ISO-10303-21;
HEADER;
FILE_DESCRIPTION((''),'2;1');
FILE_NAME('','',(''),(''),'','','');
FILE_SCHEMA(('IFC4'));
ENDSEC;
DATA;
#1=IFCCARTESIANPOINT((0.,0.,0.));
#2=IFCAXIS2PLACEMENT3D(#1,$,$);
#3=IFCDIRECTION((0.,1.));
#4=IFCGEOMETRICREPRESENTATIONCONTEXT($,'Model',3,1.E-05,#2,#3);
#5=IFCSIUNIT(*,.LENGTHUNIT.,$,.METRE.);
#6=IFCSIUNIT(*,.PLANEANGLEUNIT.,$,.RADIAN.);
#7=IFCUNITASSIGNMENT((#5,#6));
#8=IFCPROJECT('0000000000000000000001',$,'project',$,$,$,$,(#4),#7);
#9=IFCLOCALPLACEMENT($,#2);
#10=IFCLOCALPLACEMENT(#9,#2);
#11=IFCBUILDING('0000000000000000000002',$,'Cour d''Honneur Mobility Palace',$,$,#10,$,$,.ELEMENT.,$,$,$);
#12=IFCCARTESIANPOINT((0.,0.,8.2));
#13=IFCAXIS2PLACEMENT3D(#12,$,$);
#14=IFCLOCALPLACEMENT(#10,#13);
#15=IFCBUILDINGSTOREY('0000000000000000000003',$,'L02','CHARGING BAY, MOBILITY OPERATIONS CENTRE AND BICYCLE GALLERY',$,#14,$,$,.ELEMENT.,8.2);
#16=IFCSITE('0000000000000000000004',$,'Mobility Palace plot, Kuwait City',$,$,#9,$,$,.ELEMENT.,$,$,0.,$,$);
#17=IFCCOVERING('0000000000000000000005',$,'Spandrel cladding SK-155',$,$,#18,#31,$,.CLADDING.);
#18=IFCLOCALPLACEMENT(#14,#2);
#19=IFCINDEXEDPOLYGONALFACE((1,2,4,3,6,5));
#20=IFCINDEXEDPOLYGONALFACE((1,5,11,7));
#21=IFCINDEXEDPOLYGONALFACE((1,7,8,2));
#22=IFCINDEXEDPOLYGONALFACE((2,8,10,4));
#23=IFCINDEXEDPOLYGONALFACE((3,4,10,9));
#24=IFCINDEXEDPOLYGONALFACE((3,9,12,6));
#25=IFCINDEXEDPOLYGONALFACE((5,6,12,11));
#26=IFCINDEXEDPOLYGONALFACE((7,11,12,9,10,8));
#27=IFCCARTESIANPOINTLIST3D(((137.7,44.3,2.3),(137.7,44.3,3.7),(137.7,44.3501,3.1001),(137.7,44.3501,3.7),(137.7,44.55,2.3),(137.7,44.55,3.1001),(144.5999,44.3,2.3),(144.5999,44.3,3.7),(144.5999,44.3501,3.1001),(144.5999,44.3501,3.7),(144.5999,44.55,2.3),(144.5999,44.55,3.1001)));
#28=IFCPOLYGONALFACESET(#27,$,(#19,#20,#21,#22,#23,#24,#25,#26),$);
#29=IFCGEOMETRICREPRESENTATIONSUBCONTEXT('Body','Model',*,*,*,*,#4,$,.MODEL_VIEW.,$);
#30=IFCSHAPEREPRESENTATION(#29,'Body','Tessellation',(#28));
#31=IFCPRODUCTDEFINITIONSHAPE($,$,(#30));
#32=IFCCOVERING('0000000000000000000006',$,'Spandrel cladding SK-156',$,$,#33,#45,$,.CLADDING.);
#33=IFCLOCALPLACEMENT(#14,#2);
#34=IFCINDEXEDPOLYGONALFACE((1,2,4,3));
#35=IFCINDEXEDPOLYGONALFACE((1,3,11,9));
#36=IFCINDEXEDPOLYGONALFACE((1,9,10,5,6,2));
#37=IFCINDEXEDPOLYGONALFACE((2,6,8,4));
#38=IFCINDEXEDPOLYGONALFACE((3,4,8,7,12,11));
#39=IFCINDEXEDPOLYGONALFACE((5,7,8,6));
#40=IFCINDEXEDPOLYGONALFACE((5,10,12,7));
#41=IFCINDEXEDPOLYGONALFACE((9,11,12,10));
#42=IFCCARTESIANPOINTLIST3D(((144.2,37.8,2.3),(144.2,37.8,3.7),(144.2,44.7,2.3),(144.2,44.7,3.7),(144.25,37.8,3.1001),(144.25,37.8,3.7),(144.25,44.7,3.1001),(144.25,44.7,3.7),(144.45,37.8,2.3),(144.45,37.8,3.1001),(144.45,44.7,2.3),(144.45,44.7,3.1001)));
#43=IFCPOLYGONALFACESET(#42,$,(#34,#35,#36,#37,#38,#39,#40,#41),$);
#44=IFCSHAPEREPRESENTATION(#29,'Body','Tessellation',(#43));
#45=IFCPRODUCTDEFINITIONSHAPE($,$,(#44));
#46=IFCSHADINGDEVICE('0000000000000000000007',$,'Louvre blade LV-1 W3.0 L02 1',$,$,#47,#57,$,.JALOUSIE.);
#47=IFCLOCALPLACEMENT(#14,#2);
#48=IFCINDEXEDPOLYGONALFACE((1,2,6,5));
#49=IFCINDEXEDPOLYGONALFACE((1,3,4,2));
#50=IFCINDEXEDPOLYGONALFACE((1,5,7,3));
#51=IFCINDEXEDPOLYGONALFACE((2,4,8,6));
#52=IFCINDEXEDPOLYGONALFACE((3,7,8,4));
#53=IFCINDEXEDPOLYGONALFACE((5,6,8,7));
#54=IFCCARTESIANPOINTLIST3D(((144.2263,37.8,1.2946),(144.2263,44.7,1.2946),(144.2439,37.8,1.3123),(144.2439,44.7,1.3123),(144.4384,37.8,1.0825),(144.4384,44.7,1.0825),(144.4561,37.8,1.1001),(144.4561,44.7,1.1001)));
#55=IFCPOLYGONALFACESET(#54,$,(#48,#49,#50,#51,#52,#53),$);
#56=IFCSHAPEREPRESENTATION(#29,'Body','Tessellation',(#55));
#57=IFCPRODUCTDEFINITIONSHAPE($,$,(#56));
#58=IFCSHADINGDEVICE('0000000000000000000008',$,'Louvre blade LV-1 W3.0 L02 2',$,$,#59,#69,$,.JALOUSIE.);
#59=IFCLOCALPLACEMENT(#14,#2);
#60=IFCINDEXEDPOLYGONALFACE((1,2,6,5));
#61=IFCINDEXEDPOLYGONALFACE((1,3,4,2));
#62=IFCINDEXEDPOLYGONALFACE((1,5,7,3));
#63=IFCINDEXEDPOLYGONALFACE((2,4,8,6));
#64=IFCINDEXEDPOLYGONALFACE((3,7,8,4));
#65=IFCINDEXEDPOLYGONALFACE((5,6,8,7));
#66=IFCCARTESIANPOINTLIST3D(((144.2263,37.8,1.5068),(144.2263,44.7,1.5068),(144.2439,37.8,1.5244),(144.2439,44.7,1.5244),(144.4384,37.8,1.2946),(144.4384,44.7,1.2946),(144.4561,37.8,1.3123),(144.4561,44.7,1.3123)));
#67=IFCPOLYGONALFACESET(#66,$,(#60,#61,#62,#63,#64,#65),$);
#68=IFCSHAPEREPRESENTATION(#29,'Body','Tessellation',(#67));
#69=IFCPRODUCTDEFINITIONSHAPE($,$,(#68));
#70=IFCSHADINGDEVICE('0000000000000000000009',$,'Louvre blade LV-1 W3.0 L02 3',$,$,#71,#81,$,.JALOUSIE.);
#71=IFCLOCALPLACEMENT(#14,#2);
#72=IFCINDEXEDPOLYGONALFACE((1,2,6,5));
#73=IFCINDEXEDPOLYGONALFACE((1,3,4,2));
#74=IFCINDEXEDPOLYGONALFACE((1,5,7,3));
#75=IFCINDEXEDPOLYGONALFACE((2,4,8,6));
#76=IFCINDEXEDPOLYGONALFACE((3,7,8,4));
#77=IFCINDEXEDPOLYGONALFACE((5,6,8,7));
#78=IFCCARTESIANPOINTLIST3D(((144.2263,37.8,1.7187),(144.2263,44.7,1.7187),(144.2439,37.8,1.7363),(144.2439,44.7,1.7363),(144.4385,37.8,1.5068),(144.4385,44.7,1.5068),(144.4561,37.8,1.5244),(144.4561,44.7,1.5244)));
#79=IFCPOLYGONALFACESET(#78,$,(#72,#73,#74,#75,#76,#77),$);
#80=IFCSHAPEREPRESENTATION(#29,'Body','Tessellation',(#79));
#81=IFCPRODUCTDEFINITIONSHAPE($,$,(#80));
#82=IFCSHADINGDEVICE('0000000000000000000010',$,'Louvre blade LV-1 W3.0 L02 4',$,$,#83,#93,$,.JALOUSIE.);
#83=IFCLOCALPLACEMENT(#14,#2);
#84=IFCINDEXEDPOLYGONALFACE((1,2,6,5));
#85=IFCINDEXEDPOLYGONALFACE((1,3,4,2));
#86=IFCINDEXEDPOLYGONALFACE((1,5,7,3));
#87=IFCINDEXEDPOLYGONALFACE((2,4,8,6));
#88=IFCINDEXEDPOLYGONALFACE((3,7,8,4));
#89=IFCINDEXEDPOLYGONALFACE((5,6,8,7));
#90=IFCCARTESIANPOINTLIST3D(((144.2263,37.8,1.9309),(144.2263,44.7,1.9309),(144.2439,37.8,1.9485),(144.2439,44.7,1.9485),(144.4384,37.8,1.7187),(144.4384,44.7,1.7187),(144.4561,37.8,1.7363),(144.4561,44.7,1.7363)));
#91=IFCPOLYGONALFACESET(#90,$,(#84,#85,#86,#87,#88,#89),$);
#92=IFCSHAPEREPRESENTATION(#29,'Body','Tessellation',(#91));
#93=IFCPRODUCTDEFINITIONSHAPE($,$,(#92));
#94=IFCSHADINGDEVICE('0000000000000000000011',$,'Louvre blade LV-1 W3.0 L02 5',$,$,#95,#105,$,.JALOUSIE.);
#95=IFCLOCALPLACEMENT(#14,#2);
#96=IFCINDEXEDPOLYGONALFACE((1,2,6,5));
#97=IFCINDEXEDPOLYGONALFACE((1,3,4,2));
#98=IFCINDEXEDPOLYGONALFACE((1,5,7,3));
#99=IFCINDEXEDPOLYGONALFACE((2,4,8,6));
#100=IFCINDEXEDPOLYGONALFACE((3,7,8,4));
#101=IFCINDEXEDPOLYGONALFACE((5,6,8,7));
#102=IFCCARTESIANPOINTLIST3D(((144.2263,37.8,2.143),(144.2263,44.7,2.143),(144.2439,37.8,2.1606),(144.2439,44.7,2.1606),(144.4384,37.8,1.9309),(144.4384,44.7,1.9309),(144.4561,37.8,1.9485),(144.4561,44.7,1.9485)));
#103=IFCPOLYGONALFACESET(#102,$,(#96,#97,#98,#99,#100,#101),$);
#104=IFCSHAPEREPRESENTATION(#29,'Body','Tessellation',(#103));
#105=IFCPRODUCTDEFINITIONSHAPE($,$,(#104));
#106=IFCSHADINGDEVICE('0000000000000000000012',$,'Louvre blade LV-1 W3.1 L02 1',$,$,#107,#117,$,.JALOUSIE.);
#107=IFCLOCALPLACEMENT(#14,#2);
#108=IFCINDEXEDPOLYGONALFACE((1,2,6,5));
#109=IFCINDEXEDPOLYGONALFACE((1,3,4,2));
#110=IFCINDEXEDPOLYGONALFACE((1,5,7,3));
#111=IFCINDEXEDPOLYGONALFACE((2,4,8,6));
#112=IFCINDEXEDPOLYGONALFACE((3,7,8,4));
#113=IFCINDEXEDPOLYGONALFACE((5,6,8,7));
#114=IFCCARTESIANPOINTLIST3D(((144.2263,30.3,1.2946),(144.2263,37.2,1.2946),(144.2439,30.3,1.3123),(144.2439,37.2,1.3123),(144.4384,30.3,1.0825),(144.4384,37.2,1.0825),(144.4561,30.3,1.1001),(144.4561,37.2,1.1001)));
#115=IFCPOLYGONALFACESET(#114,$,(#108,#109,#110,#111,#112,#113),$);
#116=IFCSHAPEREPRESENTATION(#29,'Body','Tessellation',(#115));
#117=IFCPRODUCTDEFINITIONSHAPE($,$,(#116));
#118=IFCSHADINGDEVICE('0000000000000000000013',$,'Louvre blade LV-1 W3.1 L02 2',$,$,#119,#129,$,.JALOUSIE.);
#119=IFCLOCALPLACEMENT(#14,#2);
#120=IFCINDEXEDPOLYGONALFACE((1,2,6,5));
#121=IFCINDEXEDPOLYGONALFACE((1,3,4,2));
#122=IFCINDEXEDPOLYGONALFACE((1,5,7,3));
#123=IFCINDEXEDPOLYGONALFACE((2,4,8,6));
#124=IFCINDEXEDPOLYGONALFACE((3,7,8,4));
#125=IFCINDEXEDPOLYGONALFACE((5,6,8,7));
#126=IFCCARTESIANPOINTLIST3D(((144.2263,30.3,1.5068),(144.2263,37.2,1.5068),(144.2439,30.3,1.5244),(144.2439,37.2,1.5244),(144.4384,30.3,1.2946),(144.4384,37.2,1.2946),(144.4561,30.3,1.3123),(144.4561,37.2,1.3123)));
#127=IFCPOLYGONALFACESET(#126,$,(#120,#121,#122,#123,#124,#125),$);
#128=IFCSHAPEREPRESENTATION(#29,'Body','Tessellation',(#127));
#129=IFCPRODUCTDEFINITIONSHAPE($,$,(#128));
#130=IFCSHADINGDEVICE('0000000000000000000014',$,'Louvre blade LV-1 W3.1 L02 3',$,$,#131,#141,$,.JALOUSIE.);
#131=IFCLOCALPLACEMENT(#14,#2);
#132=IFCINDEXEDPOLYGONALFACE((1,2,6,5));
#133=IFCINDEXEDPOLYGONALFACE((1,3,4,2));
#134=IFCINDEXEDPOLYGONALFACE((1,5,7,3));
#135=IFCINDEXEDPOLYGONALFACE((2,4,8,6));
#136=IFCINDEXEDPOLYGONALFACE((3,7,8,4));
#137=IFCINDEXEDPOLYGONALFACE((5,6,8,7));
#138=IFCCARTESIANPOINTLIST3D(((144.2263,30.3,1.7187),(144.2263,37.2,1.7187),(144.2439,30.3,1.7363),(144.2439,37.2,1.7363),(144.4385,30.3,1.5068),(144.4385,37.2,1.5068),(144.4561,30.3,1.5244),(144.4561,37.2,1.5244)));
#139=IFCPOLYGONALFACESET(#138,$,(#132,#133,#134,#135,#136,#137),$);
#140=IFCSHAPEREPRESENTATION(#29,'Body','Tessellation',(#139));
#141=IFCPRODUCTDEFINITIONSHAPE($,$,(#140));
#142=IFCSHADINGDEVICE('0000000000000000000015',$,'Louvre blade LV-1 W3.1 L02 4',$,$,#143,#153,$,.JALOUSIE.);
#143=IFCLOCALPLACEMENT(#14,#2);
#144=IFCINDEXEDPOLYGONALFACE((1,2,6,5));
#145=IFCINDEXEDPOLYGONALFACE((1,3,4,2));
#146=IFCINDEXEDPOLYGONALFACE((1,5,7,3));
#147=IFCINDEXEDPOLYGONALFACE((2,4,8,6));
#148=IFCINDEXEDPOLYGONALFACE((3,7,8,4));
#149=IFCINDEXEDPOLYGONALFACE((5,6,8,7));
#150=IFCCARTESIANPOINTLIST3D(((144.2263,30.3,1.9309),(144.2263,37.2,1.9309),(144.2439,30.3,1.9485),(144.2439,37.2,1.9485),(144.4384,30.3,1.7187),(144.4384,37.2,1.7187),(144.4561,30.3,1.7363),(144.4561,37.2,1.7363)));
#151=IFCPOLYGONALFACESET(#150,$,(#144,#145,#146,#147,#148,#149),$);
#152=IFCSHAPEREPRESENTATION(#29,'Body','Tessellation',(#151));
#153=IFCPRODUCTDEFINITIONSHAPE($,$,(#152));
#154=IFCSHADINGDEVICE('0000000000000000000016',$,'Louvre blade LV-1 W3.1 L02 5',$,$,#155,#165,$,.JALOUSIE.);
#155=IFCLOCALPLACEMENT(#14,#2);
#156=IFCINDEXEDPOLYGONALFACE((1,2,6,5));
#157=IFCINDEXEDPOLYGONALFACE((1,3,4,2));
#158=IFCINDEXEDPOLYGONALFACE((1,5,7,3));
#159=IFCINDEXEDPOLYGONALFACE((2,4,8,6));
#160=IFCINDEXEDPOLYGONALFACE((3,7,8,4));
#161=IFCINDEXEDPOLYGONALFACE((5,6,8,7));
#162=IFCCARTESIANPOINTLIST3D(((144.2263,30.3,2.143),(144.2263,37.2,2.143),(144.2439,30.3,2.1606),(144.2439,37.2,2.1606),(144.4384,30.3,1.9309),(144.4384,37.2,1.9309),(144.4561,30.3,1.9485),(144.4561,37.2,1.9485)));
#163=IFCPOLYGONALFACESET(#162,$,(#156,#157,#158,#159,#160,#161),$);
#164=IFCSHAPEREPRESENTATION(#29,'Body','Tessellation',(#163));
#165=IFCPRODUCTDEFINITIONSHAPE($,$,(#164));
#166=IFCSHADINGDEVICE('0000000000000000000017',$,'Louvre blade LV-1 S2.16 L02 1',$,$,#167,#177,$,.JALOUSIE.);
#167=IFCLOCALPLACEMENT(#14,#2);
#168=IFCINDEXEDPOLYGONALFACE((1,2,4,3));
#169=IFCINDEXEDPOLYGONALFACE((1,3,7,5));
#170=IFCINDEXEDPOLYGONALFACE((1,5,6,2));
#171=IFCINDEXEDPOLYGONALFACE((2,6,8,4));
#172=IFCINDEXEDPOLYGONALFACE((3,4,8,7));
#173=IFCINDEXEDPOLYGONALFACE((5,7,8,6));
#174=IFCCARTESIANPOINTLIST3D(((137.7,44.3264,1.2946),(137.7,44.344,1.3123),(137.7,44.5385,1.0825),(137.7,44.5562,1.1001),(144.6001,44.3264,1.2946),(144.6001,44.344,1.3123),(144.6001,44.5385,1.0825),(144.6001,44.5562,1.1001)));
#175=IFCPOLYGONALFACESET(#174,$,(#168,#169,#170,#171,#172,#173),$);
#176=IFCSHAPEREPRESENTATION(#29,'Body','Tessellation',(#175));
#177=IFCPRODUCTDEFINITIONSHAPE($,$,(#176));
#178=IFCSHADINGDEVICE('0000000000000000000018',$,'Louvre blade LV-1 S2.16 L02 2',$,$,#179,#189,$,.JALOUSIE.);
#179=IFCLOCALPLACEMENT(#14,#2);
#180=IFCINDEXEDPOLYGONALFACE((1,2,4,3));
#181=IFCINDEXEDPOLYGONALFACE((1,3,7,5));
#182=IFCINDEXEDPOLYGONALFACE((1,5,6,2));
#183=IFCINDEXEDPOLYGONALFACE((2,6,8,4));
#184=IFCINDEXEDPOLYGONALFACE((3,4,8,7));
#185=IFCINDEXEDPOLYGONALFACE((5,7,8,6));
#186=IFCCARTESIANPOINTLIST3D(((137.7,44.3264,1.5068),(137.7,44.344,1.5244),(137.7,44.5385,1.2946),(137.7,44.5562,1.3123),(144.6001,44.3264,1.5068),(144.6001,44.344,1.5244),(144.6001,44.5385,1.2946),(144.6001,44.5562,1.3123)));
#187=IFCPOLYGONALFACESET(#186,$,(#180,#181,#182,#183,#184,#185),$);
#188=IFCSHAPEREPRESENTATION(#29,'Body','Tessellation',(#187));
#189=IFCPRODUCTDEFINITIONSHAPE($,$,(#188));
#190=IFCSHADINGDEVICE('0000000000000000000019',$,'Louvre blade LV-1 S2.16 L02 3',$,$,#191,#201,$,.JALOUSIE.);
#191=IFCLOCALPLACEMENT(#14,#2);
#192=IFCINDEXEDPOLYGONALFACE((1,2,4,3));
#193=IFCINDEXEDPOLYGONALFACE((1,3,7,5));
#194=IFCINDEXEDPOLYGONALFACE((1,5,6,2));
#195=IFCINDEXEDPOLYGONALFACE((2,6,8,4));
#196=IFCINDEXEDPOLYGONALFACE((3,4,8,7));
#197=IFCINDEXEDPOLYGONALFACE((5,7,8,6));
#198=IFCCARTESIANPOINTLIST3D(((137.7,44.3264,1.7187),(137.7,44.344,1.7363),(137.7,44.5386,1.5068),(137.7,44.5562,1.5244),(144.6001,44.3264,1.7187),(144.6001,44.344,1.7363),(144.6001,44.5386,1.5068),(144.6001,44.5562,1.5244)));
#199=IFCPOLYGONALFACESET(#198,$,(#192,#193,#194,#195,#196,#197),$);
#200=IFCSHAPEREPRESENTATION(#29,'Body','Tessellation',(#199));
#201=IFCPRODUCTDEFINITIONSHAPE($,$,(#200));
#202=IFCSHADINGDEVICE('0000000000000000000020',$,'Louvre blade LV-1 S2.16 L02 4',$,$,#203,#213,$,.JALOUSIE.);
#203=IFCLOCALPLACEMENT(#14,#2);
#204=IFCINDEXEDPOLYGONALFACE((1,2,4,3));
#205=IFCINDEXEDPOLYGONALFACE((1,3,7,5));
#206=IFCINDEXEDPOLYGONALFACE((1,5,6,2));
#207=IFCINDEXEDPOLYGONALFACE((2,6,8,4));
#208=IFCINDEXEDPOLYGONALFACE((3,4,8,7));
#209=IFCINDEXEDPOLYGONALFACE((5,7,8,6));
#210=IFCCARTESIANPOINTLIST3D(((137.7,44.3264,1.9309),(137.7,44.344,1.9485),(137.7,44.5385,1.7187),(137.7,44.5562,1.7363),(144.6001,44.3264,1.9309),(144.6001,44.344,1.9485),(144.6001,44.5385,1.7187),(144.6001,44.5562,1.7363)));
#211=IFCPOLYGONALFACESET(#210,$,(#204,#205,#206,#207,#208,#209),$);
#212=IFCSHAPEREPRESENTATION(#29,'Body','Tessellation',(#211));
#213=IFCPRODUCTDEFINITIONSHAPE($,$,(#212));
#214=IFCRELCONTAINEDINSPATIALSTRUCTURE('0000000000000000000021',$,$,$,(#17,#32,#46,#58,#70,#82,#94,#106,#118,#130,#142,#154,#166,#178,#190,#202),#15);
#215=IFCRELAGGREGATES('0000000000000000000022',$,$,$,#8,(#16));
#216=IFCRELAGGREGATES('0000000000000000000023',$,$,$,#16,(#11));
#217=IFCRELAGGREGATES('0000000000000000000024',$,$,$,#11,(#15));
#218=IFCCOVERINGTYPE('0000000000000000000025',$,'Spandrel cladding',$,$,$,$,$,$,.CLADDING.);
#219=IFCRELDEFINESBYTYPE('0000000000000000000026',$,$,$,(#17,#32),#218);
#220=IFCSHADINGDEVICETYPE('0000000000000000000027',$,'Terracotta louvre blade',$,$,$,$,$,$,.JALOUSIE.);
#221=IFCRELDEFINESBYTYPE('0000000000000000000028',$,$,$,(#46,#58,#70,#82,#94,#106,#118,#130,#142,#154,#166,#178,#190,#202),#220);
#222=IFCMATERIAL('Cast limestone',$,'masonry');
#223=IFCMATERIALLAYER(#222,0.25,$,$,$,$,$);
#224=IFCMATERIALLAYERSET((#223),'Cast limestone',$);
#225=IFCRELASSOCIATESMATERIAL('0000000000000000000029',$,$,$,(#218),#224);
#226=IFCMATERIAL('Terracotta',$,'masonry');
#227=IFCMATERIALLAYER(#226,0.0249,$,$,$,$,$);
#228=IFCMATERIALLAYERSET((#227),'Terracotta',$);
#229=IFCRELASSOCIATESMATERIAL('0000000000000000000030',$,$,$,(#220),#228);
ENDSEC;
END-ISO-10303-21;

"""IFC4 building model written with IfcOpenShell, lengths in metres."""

from ifc_helpers import new_model, si_unit, direction, frame, origin, place, context, subcontext, project, spatial, polyline, outline, extrude, material, layer, layer_set, type_object, element, save


model = new_model("IFC4")

# Units and contexts
model_context = context("Model", 3, precision=1e-05, world=origin(), true_north=direction((0.0, 1.0)))
body_context = subcontext(model_context, "Body", "Model", "MODEL_VIEW")
ifc_project = project(units=[si_unit("LENGTHUNIT", "METRE"), si_unit("PLANEANGLEUNIT", "RADIAN")], contexts=[model_context])

# Site, building, storey
site_placement = place(None, origin())
site = spatial("IfcSite", under=ifc_project, at=site_placement, Name="Mobility Palace plot, Kuwait City", CompositionType="ELEMENT", RefElevation=0.0)
building_placement = place(site_placement, origin())
building = spatial("IfcBuilding", under=site, at=building_placement, Name="Cour d'Honneur Mobility Palace", CompositionType="ELEMENT")
storey_placement = place(building_placement, frame((0.0, 0.0, 8.2)))
storey = spatial("IfcBuildingStorey", under=building, at=storey_placement, Name="L02", Description="CHARGING BAY, MOBILITY OPERATIONS CENTRE AND BICYCLE GALLERY", CompositionType="ELEMENT", Elevation=8.2)

# Coverings
ifc_material_1 = material(Name="Cast limestone", Category="masonry")
ifc_layer_1 = layer(ifc_material_1, 0.25)
ifc_layer_set_1 = layer_set([ifc_layer_1], Name="Cast limestone")
covering_type = type_object("IfcCoveringType", Name="Spandrel cladding", PredefinedType="CLADDING", material=ifc_layer_set_1)
for number, where, z_axis, x_axis, name in (
    (1, (137.7, 44.55, 2.3), (-1.0, 0.0, 0.0), (0.0, -1.0, 0.0), "Spandrel cladding SK-155"),
    (2, (144.45, 44.7, 2.3), (0.0, 1.0, 0.0), (-1.0, 0.0, 0.0), "Spandrel cladding SK-156"),
):
    element("IfcCovering", number, at=place(storey_placement, frame(where, z_axis=z_axis, x_axis=x_axis)), inside=storey, type_object=covering_type, Name=name, PredefinedType="CLADDING", context=body_context, shape_type="SweptSolid", body=[
        extrude(outline(polyline([(0.0, 0.0), (0.25, 0.0), (0.25, 1.3999), (0.2, 1.3999), (0.2, 0.8), (0.0, 0.8), (0.0, 0.0)])), origin(), (0.0, 0.0, -1.0), 6.8999),
    ])

# Shading devices
ifc_material_2 = material(Name="Terracotta", Category="masonry")
ifc_layer_2 = layer(ifc_material_2, 0.0249)
ifc_layer_set_2 = layer_set([ifc_layer_2], Name="Terracotta")
shading_device_type = type_object("IfcShadingDeviceType", Name="Terracotta louvre blade", PredefinedType="JALOUSIE", material=ifc_layer_set_2)
for number, where, z_axis, x_axis, name in (
    (3, (144.4561, 44.7, 1.1001), (0.707107, 0.0, 0.707107), (0.0, -1.0, 0.0), "Louvre blade LV-1 W3.0 L02 1"),
    (4, (144.4561, 44.7, 1.3123), (0.707107, 0.0, 0.707107), (0.0, -1.0, 0.0), "Louvre blade LV-1 W3.0 L02 2"),
):
    element("IfcShadingDevice", number, at=place(storey_placement, frame(where, z_axis=z_axis, x_axis=x_axis)), inside=storey, type_object=shading_device_type, Name=name, PredefinedType="JALOUSIE", context=body_context, shape_type="SweptSolid", body=[
        extrude(outline(polyline([(0.0, 0.0), (6.8999, 0.0), (6.8999, -0.3), (0.0, -0.3), (0.0, 0.0)])), origin(), (0.0, 0.0, -1.0), 0.0249),
    ])
shading_device_1_placement = place(storey_placement, frame((144.4561, 44.7, 1.5244), z_axis=(0.7067, 0.0, 0.707514), x_axis=(0.0, -1.0, 0.0)))
element("IfcShadingDevice", 5, at=shading_device_1_placement, inside=storey, type_object=shading_device_type, Name="Louvre blade LV-1 W3.0 L02 3", PredefinedType="JALOUSIE", context=body_context, shape_type="SweptSolid", body=[
    extrude(outline(polyline([(0.0, 0.0), (6.8999, 0.0), (6.8999, -0.2999), (0.0, -0.2999), (0.0, 0.0)])), origin(), (0.0, 0.0, -1.0), 0.0249),
])
for number, where, z_axis, x_axis, name in (
    (6, (144.4561, 44.7, 1.7363), (0.707107, 0.0, 0.707107), (0.0, -1.0, 0.0), "Louvre blade LV-1 W3.0 L02 4"),
    (7, (144.4561, 44.7, 1.9485), (0.707107, 0.0, 0.707107), (0.0, -1.0, 0.0), "Louvre blade LV-1 W3.0 L02 5"),
    (8, (144.4561, 37.2, 1.1001), (0.707107, 0.0, 0.707107), (0.0, -1.0, 0.0), "Louvre blade LV-1 W3.1 L02 1"),
    (9, (144.4561, 37.2, 1.3123), (0.707107, 0.0, 0.707107), (0.0, -1.0, 0.0), "Louvre blade LV-1 W3.1 L02 2"),
):
    element("IfcShadingDevice", number, at=place(storey_placement, frame(where, z_axis=z_axis, x_axis=x_axis)), inside=storey, type_object=shading_device_type, Name=name, PredefinedType="JALOUSIE", context=body_context, shape_type="SweptSolid", body=[
        extrude(outline(polyline([(0.0, 0.0), (6.8999, 0.0), (6.8999, -0.3), (0.0, -0.3), (0.0, 0.0)])), origin(), (0.0, 0.0, -1.0), 0.0249),
    ])
shading_device_2_placement = place(storey_placement, frame((144.4561, 37.2, 1.5244), z_axis=(0.7067, 0.0, 0.707514), x_axis=(0.0, -1.0, 0.0)))
element("IfcShadingDevice", 10, at=shading_device_2_placement, inside=storey, type_object=shading_device_type, Name="Louvre blade LV-1 W3.1 L02 3", PredefinedType="JALOUSIE", context=body_context, shape_type="SweptSolid", body=[
    extrude(outline(polyline([(0.0, 0.0), (6.8999, 0.0), (6.8999, -0.2999), (0.0, -0.2999), (0.0, 0.0)])), origin(), (0.0, 0.0, -1.0), 0.0249),
])
for number, where, z_axis, x_axis, name in (
    (11, (144.4561, 37.2, 1.7363), (0.707107, 0.0, 0.707107), (0.0, -1.0, 0.0), "Louvre blade LV-1 W3.1 L02 4"),
    (12, (144.4561, 37.2, 1.9485), (0.707107, 0.0, 0.707107), (0.0, -1.0, 0.0), "Louvre blade LV-1 W3.1 L02 5"),
):
    element("IfcShadingDevice", number, at=place(storey_placement, frame(where, z_axis=z_axis, x_axis=x_axis)), inside=storey, type_object=shading_device_type, Name=name, PredefinedType="JALOUSIE", context=body_context, shape_type="SweptSolid", body=[
        extrude(outline(polyline([(0.0, 0.0), (6.8999, 0.0), (6.8999, -0.3), (0.0, -0.3), (0.0, 0.0)])), origin(), (0.0, 0.0, -1.0), 0.0249),
    ])
for number, where, z_axis, x_axis, name in (
    (13, (137.7, 44.5562, 1.1001), (0.0, 0.707107, 0.707107), (1.0, 0.0, 0.0), "Louvre blade LV-1 S2.16 L02 1"),
    (14, (137.7, 44.5562, 1.3123), (0.0, 0.707107, 0.707107), (1.0, 0.0, 0.0), "Louvre blade LV-1 S2.16 L02 2"),
):
    element("IfcShadingDevice", number, at=place(storey_placement, frame(where, z_axis=z_axis, x_axis=x_axis)), inside=storey, type_object=shading_device_type, Name=name, PredefinedType="JALOUSIE", context=body_context, shape_type="SweptSolid", body=[
        extrude(outline(polyline([(0.0, 0.0), (6.9001, 0.0), (6.9001, -0.3), (0.0, -0.3), (0.0, 0.0)])), origin(), (0.0, 0.0, -1.0), 0.0249),
    ])
shading_device_3_placement = place(storey_placement, frame((137.7, 44.5562, 1.5244), z_axis=(0.0, 0.7067, 0.707514), x_axis=(1.0, 0.0, 0.0)))
element("IfcShadingDevice", 15, at=shading_device_3_placement, inside=storey, type_object=shading_device_type, Name="Louvre blade LV-1 S2.16 L02 3", PredefinedType="JALOUSIE", context=body_context, shape_type="SweptSolid", body=[
    extrude(outline(polyline([(0.0, 0.0), (6.9001, 0.0), (6.9001, -0.2999), (0.0, -0.2999), (0.0, 0.0)])), origin(), (0.0, 0.0, -1.0), 0.0249),
])
for number, where, z_axis, x_axis, name in (
    (16, (137.7, 44.5562, 1.7363), (0.0, 0.707107, 0.707107), (1.0, 0.0, 0.0), "Louvre blade LV-1 S2.16 L02 4"),
):
    element("IfcShadingDevice", number, at=place(storey_placement, frame(where, z_axis=z_axis, x_axis=x_axis)), inside=storey, type_object=shading_device_type, Name=name, PredefinedType="JALOUSIE", context=body_context, shape_type="SweptSolid", body=[
        extrude(outline(polyline([(0.0, 0.0), (6.9001, 0.0), (6.9001, -0.3), (0.0, -0.3), (0.0, 0.0)])), origin(), (0.0, 0.0, -1.0), 0.0249),
    ])

save(model, "model.ifc")
